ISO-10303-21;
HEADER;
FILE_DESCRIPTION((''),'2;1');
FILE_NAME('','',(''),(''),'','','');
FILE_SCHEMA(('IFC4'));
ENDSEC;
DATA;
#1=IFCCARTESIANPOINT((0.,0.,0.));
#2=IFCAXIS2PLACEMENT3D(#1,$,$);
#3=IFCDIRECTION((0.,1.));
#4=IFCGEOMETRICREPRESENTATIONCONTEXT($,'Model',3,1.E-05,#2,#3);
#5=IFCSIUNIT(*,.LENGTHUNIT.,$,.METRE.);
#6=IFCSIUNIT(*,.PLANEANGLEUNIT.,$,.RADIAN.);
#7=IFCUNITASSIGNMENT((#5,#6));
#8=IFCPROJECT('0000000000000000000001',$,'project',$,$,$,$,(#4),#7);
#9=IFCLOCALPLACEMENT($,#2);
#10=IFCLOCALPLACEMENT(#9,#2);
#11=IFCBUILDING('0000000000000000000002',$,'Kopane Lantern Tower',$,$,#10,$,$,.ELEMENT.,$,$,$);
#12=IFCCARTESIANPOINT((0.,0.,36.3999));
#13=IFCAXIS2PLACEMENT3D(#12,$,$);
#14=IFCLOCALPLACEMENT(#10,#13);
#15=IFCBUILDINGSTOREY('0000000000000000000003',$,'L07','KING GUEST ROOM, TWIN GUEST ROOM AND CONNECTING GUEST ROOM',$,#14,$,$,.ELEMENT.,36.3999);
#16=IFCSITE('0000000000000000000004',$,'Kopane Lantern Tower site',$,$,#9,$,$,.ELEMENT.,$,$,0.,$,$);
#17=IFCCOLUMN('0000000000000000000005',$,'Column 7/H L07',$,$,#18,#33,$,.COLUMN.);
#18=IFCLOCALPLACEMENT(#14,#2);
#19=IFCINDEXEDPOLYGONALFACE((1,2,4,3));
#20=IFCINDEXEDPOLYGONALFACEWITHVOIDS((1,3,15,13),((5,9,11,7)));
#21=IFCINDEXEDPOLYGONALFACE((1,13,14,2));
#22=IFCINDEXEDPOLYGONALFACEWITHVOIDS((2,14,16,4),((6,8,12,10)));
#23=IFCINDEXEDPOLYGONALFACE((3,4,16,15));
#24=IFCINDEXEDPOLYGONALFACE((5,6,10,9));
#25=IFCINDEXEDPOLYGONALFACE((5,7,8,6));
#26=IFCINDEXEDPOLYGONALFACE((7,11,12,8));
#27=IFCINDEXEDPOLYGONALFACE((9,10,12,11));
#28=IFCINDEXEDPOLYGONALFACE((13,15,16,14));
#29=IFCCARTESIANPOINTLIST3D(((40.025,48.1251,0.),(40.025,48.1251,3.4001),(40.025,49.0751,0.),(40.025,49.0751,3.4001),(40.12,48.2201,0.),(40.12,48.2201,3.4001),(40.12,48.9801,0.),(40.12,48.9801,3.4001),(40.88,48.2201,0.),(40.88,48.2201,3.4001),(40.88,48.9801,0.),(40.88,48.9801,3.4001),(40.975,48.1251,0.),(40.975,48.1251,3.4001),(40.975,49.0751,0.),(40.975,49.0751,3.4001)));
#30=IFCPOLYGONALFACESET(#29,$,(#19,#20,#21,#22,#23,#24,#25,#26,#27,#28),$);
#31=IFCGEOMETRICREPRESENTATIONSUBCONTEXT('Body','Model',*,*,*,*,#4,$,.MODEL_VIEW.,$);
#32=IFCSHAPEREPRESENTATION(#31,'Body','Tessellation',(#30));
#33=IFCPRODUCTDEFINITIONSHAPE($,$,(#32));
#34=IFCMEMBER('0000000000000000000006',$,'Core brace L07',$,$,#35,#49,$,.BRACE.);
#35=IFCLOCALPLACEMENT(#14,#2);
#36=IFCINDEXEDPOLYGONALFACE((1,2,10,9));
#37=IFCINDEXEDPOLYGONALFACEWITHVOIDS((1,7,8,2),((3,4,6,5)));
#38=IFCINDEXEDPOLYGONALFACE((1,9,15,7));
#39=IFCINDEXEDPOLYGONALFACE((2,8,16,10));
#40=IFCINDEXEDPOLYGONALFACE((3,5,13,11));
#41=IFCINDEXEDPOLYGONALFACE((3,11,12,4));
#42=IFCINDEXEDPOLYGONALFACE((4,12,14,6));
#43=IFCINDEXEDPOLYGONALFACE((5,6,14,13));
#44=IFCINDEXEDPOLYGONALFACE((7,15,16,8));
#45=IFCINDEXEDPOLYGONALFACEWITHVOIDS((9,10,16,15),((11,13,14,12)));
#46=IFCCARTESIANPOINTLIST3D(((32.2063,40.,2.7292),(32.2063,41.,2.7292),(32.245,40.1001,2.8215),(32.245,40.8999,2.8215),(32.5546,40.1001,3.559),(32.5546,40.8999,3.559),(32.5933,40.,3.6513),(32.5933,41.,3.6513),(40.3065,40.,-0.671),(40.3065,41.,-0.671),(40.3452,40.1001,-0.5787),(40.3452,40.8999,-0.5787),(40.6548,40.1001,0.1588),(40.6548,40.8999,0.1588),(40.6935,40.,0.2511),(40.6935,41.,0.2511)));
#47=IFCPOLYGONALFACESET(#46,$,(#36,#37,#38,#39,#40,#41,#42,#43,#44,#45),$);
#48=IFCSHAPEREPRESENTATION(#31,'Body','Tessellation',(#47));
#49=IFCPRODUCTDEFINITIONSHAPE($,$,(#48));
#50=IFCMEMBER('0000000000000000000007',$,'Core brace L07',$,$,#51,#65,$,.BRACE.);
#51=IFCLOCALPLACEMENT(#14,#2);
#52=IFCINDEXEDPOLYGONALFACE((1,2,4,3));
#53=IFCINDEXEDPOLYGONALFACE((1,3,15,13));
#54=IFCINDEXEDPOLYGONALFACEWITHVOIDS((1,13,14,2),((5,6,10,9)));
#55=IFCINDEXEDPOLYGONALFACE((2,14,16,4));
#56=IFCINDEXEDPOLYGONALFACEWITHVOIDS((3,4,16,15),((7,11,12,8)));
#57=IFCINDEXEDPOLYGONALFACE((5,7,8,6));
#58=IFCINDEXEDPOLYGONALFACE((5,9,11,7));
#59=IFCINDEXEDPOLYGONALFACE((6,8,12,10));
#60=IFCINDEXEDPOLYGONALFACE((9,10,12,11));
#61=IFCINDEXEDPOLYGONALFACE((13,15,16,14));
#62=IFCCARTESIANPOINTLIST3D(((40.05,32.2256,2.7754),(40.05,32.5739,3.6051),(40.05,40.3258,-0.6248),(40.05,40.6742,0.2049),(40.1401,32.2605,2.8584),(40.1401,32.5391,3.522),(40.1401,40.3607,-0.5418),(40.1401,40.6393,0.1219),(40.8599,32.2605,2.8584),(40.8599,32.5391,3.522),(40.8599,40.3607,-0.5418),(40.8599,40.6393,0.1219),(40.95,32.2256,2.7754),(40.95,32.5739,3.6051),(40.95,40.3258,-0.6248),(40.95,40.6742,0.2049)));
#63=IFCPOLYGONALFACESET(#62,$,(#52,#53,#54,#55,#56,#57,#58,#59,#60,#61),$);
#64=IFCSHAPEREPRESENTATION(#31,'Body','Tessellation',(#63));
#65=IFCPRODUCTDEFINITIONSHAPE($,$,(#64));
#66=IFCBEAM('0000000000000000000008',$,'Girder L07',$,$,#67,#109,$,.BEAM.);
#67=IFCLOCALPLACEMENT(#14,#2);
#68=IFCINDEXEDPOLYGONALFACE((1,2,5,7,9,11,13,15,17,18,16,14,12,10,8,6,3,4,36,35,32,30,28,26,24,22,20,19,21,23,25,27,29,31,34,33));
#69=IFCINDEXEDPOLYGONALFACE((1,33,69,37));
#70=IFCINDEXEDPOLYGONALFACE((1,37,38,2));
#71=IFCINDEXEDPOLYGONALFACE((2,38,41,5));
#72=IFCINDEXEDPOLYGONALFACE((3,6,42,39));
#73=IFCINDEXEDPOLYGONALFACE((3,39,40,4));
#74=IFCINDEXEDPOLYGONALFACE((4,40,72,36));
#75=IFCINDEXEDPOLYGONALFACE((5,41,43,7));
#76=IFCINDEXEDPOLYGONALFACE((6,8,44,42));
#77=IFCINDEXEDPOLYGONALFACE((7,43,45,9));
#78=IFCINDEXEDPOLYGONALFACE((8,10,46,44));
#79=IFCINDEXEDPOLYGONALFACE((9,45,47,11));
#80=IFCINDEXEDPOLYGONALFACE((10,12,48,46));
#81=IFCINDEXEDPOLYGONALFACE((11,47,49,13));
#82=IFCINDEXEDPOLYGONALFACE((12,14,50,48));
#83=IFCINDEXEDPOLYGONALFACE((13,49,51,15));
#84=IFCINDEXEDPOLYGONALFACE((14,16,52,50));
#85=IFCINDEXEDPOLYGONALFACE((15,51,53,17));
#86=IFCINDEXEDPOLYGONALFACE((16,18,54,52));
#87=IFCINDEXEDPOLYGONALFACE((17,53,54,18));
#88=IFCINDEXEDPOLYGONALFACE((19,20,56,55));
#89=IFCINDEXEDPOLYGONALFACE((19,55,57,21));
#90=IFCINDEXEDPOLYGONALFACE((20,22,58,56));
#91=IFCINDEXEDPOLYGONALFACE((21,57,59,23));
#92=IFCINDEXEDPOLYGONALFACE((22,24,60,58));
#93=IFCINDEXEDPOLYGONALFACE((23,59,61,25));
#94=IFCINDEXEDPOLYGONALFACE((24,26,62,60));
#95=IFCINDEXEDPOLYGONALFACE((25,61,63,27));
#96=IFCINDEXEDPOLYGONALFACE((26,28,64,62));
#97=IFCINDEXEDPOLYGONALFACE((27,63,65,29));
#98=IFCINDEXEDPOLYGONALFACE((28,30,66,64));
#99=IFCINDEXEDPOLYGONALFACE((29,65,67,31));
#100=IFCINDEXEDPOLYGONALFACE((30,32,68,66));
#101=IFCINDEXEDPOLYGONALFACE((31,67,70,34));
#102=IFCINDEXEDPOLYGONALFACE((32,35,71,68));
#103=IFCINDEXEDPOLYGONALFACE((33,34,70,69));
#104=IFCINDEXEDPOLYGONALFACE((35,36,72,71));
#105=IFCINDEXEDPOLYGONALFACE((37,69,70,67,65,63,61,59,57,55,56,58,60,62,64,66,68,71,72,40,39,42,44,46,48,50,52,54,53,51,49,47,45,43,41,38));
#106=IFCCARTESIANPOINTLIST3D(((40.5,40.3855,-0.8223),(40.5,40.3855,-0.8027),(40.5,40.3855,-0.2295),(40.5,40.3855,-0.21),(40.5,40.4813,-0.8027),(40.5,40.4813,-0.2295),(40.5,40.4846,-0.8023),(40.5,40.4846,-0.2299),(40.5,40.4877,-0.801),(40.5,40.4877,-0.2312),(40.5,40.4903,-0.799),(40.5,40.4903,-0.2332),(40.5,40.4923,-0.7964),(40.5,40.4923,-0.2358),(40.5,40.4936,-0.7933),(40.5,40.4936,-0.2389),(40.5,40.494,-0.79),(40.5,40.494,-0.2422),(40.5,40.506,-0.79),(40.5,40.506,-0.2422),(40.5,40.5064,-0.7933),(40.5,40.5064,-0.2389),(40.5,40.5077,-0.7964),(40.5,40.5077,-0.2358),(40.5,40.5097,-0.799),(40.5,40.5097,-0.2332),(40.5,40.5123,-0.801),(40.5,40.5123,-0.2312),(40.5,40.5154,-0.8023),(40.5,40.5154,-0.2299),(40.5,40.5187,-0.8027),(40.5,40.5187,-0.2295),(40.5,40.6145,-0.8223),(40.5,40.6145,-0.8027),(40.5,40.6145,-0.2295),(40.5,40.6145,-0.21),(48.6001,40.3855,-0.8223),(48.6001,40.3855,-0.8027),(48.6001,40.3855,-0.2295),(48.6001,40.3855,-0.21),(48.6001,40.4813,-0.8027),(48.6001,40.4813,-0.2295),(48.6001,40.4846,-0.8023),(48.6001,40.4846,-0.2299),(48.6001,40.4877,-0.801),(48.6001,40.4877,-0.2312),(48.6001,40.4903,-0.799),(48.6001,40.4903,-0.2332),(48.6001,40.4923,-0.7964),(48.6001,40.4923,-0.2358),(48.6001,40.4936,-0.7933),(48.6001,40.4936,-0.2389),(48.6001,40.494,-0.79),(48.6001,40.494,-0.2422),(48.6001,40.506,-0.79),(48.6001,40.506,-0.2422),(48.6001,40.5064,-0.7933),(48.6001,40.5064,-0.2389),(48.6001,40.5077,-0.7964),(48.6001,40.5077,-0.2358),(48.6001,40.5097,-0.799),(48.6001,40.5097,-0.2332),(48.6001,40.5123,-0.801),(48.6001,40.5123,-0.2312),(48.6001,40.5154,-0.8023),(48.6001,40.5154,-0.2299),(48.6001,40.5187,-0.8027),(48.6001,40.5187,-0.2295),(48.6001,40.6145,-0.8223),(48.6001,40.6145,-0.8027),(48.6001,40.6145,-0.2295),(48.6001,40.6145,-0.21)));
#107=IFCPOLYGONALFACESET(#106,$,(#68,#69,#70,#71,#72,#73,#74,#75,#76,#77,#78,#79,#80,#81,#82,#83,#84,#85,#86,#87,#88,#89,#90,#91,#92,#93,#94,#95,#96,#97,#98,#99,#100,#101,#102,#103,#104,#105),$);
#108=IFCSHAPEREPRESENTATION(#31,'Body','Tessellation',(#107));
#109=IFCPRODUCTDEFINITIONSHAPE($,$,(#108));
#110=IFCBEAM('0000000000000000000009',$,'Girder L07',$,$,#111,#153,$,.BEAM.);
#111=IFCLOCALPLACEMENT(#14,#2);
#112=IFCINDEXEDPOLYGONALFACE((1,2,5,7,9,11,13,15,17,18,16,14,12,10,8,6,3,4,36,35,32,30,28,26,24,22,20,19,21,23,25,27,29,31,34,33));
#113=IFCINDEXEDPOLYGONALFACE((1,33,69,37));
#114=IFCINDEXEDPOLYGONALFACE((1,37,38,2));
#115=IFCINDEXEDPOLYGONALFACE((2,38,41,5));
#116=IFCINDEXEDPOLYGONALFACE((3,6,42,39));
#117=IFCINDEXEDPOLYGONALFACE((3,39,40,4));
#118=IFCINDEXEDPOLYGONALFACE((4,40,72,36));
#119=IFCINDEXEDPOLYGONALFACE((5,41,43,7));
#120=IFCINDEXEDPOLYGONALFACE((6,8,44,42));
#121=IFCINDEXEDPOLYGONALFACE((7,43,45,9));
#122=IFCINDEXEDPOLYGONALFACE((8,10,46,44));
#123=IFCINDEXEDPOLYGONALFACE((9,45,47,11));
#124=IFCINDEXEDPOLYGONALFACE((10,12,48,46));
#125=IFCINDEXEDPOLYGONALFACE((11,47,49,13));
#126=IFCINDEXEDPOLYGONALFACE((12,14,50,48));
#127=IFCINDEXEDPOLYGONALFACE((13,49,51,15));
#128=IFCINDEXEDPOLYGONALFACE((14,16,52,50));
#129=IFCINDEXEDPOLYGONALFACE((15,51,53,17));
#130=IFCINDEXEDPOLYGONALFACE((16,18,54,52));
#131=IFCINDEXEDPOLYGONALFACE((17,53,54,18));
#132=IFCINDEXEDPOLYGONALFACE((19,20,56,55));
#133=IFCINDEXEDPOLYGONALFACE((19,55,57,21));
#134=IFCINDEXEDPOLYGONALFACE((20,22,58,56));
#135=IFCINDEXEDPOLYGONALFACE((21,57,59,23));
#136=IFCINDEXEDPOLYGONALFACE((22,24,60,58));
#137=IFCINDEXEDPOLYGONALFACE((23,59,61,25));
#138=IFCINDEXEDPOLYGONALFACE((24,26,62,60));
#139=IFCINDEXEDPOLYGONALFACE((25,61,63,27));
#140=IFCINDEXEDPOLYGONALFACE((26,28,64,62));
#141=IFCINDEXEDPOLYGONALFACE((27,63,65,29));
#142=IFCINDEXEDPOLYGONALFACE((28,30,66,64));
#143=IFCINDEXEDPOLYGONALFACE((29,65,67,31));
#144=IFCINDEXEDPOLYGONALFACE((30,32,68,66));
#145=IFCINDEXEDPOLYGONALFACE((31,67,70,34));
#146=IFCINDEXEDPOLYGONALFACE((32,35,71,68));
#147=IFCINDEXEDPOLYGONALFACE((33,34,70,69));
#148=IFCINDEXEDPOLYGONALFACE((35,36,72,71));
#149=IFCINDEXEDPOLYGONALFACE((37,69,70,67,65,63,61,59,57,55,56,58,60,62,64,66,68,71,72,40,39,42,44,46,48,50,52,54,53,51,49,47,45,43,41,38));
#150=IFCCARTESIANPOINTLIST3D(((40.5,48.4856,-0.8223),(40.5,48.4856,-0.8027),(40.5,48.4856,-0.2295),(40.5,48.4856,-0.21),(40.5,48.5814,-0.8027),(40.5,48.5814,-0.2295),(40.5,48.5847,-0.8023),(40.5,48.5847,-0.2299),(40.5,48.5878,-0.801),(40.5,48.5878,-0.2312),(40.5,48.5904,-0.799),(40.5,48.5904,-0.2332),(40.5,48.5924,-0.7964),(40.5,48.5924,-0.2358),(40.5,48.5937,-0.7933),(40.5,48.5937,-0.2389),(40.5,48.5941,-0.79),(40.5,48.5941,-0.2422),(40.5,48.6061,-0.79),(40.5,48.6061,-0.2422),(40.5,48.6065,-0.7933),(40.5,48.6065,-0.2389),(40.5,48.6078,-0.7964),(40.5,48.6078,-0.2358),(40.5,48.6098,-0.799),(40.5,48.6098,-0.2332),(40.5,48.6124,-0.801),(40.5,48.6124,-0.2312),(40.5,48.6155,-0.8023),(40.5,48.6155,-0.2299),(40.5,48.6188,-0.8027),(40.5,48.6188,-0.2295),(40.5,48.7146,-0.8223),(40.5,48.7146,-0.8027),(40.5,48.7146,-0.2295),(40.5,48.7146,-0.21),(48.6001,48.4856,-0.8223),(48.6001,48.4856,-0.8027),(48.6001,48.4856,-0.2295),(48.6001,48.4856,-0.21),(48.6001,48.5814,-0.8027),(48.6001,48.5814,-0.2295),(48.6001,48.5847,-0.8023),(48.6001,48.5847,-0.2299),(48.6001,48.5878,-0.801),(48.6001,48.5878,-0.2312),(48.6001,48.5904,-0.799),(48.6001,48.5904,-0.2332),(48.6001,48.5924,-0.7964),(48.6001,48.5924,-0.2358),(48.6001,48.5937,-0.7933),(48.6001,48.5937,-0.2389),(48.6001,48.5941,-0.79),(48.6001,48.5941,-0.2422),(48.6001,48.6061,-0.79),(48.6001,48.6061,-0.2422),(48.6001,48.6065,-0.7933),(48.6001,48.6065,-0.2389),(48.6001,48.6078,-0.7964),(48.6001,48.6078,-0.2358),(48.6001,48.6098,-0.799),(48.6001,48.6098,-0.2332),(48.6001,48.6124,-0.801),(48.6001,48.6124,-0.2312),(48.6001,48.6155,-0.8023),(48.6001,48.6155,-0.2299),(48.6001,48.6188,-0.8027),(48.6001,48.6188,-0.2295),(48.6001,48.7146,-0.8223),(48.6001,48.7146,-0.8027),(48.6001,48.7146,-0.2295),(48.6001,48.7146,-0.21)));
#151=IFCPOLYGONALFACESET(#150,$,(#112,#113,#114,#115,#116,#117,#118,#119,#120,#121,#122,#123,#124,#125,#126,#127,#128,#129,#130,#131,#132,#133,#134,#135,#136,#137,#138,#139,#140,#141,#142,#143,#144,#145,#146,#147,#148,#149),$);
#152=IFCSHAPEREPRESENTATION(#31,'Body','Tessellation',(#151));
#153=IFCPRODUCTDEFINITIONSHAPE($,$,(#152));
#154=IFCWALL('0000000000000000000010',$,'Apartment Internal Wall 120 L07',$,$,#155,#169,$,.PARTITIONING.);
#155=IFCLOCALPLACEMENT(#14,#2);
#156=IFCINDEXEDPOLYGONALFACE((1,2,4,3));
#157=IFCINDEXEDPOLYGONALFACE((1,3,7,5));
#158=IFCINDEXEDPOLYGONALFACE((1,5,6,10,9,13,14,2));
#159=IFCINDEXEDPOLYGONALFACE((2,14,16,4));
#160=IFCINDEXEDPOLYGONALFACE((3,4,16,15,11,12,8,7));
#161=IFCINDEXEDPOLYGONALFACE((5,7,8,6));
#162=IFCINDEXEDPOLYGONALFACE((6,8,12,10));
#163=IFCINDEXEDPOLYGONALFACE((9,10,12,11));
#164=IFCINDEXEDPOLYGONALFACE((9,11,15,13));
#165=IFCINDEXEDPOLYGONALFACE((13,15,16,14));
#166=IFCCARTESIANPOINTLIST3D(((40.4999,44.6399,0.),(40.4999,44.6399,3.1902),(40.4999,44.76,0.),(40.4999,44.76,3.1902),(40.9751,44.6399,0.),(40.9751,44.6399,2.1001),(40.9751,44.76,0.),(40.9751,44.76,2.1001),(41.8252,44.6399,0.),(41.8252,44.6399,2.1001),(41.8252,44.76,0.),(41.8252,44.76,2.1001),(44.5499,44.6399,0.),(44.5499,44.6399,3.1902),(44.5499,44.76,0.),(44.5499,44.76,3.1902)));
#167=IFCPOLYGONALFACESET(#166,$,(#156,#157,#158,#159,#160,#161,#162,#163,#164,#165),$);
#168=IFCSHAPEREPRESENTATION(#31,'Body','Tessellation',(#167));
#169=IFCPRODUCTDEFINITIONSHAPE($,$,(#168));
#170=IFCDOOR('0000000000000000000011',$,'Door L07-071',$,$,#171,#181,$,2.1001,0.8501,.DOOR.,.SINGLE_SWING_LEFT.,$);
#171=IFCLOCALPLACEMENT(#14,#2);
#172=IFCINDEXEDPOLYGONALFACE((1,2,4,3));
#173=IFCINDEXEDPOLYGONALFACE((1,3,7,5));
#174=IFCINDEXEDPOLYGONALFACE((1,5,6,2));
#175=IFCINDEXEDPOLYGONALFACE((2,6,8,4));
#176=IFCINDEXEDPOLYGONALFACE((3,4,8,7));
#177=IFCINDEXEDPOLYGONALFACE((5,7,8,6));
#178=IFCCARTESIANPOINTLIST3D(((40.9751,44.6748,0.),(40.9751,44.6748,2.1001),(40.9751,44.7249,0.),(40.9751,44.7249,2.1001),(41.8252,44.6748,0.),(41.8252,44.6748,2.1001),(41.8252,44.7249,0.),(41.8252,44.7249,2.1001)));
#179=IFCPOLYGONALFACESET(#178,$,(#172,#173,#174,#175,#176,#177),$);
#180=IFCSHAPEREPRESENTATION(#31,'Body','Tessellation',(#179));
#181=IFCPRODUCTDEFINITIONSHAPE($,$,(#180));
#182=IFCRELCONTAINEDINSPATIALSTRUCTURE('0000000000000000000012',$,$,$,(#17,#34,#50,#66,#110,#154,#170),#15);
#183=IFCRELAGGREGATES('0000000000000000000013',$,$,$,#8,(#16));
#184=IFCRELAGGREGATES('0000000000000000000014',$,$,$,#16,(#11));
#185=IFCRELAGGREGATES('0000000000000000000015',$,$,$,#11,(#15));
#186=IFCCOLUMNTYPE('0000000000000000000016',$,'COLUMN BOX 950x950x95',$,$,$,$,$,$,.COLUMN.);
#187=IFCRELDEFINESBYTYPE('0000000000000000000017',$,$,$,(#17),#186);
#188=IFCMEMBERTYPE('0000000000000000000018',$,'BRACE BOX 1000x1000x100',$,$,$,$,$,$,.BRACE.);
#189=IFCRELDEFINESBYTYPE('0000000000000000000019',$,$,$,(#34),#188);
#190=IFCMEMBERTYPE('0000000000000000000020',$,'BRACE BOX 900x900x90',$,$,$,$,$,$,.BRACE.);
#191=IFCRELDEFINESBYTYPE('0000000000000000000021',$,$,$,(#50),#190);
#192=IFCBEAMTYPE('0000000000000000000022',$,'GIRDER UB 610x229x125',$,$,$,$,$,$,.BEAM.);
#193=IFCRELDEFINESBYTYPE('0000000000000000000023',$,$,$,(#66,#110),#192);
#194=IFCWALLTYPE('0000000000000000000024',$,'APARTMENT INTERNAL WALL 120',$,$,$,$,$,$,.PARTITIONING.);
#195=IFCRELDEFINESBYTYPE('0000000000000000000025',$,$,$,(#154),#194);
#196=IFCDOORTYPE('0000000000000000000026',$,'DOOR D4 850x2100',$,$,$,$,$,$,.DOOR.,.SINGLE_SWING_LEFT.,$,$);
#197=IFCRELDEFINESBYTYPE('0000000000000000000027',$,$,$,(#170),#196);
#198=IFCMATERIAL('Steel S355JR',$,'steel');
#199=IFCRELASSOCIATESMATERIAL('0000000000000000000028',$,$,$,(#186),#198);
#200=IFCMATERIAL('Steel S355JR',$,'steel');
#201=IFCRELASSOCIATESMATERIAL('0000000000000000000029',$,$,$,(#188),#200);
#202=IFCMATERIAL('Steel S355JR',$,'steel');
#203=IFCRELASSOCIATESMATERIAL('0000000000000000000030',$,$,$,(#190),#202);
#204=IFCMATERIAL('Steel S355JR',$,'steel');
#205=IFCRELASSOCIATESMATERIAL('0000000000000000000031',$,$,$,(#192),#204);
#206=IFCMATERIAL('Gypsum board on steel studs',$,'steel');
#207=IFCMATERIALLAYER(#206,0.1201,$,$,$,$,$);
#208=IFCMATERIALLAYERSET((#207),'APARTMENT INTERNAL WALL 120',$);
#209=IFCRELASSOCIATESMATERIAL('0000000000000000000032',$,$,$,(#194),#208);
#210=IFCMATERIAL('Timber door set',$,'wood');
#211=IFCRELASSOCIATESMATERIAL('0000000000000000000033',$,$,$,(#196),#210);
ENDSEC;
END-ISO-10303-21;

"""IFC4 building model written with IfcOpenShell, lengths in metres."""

from ifc_helpers import new_model, si_unit, direction, frame, frame_2d, origin, origin_2d, place, context, subcontext, project, spatial, rectangle, hollow_rectangle, i_section, extrude, material, layer, layer_set, material_profile, profile_set, type_object, element, fill, save


model = new_model("IFC4")

# Units and contexts
model_context = context("Model", 3, precision=1e-05, world=origin(), true_north=direction((0.0, 1.0)))
body_context = subcontext(model_context, "Body", "Model", "MODEL_VIEW")
ifc_project = project(units=[si_unit("LENGTHUNIT", "METRE"), si_unit("PLANEANGLEUNIT", "RADIAN")], contexts=[model_context])

# Site, building, storey
site_placement = place(None, origin())
site = spatial("IfcSite", under=ifc_project, at=site_placement, Name="Kopane Lantern Tower site", CompositionType="ELEMENT", RefElevation=0.0)
building_placement = place(site_placement, origin())
building = spatial("IfcBuilding", under=site, at=building_placement, Name="Kopane Lantern Tower", CompositionType="ELEMENT")
storey_placement = place(building_placement, frame((0.0, 0.0, 36.3999)))
storey = spatial("IfcBuildingStorey", under=building, at=storey_placement, Name="L07", Description="KING GUEST ROOM, TWIN GUEST ROOM AND CONNECTING GUEST ROOM", CompositionType="ELEMENT", Elevation=36.3999)

# Column
ifc_material_1 = material(Name="Steel S355JR", Category="steel")
ifc_material_profile_1 = material_profile(ifc_material_1, hollow_rectangle(XDim=0.95, YDim=0.95, WallThickness=0.095, at=origin_2d()), Name="BOX 950x950x95")
ifc_profile_set_1 = profile_set([ifc_material_profile_1], Name="Steel S355JR")
column_type = type_object("IfcColumnType", Name="COLUMN BOX 950x950x95", PredefinedType="COLUMN", material=ifc_profile_set_1)
column_placement = place(storey_placement, frame((40.5, 48.6001, 0.0), z_axis=(0.0, 0.0, 1.0), x_axis=(1.0, 0.0, 0.0)))
element("IfcColumn", 1, at=column_placement, inside=storey, type_object=column_type, Name="Column 7/H L07", PredefinedType="COLUMN", context=body_context, shape_type="SweptSolid", body=[
    extrude(hollow_rectangle(XDim=0.95, YDim=0.95, WallThickness=0.095, at=origin_2d()), origin(), (0.0, 0.0, 1.0), 3.4001),
])

# Members
ifc_material_2 = material(Name="Steel S355JR", Category="steel")
ifc_material_profile_2 = material_profile(ifc_material_2, hollow_rectangle(XDim=1.0, YDim=1.0, WallThickness=0.1001, at=origin_2d()), Name="BOX 1000x1000x100")
ifc_profile_set_2 = profile_set([ifc_material_profile_2], Name="Steel S355JR")
member_type_1 = type_object("IfcMemberType", Name="BRACE BOX 1000x1000x100", PredefinedType="BRACE", material=ifc_profile_set_2)
member_1_placement = place(storey_placement, frame((40.5, 40.5, -0.21), z_axis=(-0.922059, 0.0, 0.387049), x_axis=(0.0, -1.0, 0.0)))
element("IfcMember", 2, at=member_1_placement, inside=storey, type_object=member_type_1, Name="Core brace L07", PredefinedType="BRACE", context=body_context, shape_type="SweptSolid", body=[
    extrude(hollow_rectangle(XDim=1.0, YDim=1.0, WallThickness=0.1001, at=origin_2d()), origin(), (0.0, 0.0, 1.0), 8.7849),
])
ifc_material_3 = material(Name="Steel S355JR", Category="steel")
ifc_material_profile_3 = material_profile(ifc_material_3, hollow_rectangle(XDim=0.8999, YDim=0.8999, WallThickness=0.0901, at=origin_2d()), Name="BOX 900x900x90")
ifc_profile_set_3 = profile_set([ifc_material_profile_3], Name="Steel S355JR")
member_type_2 = type_object("IfcMemberType", Name="BRACE BOX 900x900x90", PredefinedType="BRACE", material=ifc_profile_set_3)
member_2_placement = place(storey_placement, frame((40.5, 40.5, -0.21), z_axis=(0.0, -0.922059, 0.387049), x_axis=(1.0, 0.0, 0.0)))
element("IfcMember", 3, at=member_2_placement, inside=storey, type_object=member_type_2, Name="Core brace L07", PredefinedType="BRACE", context=body_context, shape_type="SweptSolid", body=[
    extrude(hollow_rectangle(XDim=0.8999, YDim=0.8999, WallThickness=0.0901, at=origin_2d()), origin(), (0.0, 0.0, 1.0), 8.7849),
])

# Beams
ifc_material_4 = material(Name="Steel S355JR", Category="steel")
ifc_material_profile_4 = material_profile(ifc_material_4, i_section(OverallWidth=0.229, OverallDepth=0.6123, WebThickness=0.012, FlangeThickness=0.0195, FilletRadius=0.0127, at=origin_2d()), Name="UB 610x229x125")
ifc_profile_set_4 = profile_set([ifc_material_profile_4], Name="Steel S355JR")
beam_type = type_object("IfcBeamType", Name="GIRDER UB 610x229x125", PredefinedType="BEAM", material=ifc_profile_set_4)
for number, where, z_axis, x_axis, name in (
    (4, (40.5, 40.5, -0.5161), (1.0, 0.0, 0.0), (0.0, 1.0, 0.0), "Girder L07"),
    (5, (40.5, 48.6001, -0.5161), (1.0, 0.0, 0.0), (0.0, 1.0, 0.0), "Girder L07"),
):
    element("IfcBeam", number, at=place(storey_placement, frame(where, z_axis=z_axis, x_axis=x_axis)), inside=storey, type_object=beam_type, Name=name, PredefinedType="BEAM", context=body_context, shape_type="SweptSolid", body=[
        extrude(i_section(OverallWidth=0.229, OverallDepth=0.6123, WebThickness=0.012, FlangeThickness=0.0195, FilletRadius=0.0127, at=origin_2d()), origin(), (0.0, 0.0, 1.0), 8.1001),
    ])

# Wall, opening, door
ifc_material_5 = material(Name="Gypsum board on steel studs", Category="steel")
ifc_layer_1 = layer(ifc_material_5, 0.1201)
ifc_layer_set_1 = layer_set([ifc_layer_1], Name="APARTMENT INTERNAL WALL 120")
wall_type_1 = type_object("IfcWallType", Name="APARTMENT INTERNAL WALL 120", PredefinedType="PARTITIONING", material=ifc_layer_set_1)
wall_1_placement = place(storey_placement, frame((40.5, 44.7, 0.0), z_axis=(0.0, 0.0, 1.0), x_axis=(1.0, 0.0, 0.0)))
wall_1 = element("IfcWall", 6, at=wall_1_placement, inside=storey, type_object=wall_type_1, Name="Apartment Internal Wall 120 L07", PredefinedType="PARTITIONING", context=body_context, shape_type="SweptSolid", body=[
    extrude(rectangle(XDim=4.05, YDim=0.1201, at=frame_2d((2.0249, 0.0))), origin(), (0.0, 0.0, 1.0), 3.1902),
])
opening_1_placement = place(wall_1_placement, frame((0.4751, 0.0, 0.0)))
opening_1 = element("IfcOpeningElement", 7, at=opening_1_placement, cuts=wall_1, PredefinedType="OPENING", context=body_context, shape_type="SweptSolid", body=[
    extrude(rectangle(XDim=0.8501, YDim=2.1001, at=frame_2d((0.425, 1.05))), frame((0.0, 0.0701, 0.0), z_axis=(0.0, -1.0, 0.0), x_axis=(1.0, 0.0, 0.0)), (0.0, 0.0, 1.0), 0.1401),
])
ifc_material_6 = material(Name="Timber door set", Category="wood")
door_type_1 = type_object("IfcDoorType", Name="DOOR D4 850x2100", OperationType="SINGLE_SWING_LEFT", PredefinedType="DOOR", material=ifc_material_6)
door_1_placement = place(opening_1_placement, origin())
door_1 = element("IfcDoor", 8, at=door_1_placement, inside=storey, type_object=door_type_1, Name="Door L07-071", OperationType="SINGLE_SWING_LEFT", OverallHeight=2.1001, OverallWidth=0.8501, PredefinedType="DOOR", context=body_context, shape_type="SweptSolid", body=[
    extrude(rectangle(XDim=0.8501, YDim=2.1001, at=frame_2d((0.425, 1.05))), frame((0.0, 0.0249, 0.0), z_axis=(0.0, -1.0, 0.0), x_axis=(1.0, 0.0, 0.0)), (0.0, 0.0, 1.0), 0.05),
])
fill(opening_1, door_1)

save(model, "model.ifc")
